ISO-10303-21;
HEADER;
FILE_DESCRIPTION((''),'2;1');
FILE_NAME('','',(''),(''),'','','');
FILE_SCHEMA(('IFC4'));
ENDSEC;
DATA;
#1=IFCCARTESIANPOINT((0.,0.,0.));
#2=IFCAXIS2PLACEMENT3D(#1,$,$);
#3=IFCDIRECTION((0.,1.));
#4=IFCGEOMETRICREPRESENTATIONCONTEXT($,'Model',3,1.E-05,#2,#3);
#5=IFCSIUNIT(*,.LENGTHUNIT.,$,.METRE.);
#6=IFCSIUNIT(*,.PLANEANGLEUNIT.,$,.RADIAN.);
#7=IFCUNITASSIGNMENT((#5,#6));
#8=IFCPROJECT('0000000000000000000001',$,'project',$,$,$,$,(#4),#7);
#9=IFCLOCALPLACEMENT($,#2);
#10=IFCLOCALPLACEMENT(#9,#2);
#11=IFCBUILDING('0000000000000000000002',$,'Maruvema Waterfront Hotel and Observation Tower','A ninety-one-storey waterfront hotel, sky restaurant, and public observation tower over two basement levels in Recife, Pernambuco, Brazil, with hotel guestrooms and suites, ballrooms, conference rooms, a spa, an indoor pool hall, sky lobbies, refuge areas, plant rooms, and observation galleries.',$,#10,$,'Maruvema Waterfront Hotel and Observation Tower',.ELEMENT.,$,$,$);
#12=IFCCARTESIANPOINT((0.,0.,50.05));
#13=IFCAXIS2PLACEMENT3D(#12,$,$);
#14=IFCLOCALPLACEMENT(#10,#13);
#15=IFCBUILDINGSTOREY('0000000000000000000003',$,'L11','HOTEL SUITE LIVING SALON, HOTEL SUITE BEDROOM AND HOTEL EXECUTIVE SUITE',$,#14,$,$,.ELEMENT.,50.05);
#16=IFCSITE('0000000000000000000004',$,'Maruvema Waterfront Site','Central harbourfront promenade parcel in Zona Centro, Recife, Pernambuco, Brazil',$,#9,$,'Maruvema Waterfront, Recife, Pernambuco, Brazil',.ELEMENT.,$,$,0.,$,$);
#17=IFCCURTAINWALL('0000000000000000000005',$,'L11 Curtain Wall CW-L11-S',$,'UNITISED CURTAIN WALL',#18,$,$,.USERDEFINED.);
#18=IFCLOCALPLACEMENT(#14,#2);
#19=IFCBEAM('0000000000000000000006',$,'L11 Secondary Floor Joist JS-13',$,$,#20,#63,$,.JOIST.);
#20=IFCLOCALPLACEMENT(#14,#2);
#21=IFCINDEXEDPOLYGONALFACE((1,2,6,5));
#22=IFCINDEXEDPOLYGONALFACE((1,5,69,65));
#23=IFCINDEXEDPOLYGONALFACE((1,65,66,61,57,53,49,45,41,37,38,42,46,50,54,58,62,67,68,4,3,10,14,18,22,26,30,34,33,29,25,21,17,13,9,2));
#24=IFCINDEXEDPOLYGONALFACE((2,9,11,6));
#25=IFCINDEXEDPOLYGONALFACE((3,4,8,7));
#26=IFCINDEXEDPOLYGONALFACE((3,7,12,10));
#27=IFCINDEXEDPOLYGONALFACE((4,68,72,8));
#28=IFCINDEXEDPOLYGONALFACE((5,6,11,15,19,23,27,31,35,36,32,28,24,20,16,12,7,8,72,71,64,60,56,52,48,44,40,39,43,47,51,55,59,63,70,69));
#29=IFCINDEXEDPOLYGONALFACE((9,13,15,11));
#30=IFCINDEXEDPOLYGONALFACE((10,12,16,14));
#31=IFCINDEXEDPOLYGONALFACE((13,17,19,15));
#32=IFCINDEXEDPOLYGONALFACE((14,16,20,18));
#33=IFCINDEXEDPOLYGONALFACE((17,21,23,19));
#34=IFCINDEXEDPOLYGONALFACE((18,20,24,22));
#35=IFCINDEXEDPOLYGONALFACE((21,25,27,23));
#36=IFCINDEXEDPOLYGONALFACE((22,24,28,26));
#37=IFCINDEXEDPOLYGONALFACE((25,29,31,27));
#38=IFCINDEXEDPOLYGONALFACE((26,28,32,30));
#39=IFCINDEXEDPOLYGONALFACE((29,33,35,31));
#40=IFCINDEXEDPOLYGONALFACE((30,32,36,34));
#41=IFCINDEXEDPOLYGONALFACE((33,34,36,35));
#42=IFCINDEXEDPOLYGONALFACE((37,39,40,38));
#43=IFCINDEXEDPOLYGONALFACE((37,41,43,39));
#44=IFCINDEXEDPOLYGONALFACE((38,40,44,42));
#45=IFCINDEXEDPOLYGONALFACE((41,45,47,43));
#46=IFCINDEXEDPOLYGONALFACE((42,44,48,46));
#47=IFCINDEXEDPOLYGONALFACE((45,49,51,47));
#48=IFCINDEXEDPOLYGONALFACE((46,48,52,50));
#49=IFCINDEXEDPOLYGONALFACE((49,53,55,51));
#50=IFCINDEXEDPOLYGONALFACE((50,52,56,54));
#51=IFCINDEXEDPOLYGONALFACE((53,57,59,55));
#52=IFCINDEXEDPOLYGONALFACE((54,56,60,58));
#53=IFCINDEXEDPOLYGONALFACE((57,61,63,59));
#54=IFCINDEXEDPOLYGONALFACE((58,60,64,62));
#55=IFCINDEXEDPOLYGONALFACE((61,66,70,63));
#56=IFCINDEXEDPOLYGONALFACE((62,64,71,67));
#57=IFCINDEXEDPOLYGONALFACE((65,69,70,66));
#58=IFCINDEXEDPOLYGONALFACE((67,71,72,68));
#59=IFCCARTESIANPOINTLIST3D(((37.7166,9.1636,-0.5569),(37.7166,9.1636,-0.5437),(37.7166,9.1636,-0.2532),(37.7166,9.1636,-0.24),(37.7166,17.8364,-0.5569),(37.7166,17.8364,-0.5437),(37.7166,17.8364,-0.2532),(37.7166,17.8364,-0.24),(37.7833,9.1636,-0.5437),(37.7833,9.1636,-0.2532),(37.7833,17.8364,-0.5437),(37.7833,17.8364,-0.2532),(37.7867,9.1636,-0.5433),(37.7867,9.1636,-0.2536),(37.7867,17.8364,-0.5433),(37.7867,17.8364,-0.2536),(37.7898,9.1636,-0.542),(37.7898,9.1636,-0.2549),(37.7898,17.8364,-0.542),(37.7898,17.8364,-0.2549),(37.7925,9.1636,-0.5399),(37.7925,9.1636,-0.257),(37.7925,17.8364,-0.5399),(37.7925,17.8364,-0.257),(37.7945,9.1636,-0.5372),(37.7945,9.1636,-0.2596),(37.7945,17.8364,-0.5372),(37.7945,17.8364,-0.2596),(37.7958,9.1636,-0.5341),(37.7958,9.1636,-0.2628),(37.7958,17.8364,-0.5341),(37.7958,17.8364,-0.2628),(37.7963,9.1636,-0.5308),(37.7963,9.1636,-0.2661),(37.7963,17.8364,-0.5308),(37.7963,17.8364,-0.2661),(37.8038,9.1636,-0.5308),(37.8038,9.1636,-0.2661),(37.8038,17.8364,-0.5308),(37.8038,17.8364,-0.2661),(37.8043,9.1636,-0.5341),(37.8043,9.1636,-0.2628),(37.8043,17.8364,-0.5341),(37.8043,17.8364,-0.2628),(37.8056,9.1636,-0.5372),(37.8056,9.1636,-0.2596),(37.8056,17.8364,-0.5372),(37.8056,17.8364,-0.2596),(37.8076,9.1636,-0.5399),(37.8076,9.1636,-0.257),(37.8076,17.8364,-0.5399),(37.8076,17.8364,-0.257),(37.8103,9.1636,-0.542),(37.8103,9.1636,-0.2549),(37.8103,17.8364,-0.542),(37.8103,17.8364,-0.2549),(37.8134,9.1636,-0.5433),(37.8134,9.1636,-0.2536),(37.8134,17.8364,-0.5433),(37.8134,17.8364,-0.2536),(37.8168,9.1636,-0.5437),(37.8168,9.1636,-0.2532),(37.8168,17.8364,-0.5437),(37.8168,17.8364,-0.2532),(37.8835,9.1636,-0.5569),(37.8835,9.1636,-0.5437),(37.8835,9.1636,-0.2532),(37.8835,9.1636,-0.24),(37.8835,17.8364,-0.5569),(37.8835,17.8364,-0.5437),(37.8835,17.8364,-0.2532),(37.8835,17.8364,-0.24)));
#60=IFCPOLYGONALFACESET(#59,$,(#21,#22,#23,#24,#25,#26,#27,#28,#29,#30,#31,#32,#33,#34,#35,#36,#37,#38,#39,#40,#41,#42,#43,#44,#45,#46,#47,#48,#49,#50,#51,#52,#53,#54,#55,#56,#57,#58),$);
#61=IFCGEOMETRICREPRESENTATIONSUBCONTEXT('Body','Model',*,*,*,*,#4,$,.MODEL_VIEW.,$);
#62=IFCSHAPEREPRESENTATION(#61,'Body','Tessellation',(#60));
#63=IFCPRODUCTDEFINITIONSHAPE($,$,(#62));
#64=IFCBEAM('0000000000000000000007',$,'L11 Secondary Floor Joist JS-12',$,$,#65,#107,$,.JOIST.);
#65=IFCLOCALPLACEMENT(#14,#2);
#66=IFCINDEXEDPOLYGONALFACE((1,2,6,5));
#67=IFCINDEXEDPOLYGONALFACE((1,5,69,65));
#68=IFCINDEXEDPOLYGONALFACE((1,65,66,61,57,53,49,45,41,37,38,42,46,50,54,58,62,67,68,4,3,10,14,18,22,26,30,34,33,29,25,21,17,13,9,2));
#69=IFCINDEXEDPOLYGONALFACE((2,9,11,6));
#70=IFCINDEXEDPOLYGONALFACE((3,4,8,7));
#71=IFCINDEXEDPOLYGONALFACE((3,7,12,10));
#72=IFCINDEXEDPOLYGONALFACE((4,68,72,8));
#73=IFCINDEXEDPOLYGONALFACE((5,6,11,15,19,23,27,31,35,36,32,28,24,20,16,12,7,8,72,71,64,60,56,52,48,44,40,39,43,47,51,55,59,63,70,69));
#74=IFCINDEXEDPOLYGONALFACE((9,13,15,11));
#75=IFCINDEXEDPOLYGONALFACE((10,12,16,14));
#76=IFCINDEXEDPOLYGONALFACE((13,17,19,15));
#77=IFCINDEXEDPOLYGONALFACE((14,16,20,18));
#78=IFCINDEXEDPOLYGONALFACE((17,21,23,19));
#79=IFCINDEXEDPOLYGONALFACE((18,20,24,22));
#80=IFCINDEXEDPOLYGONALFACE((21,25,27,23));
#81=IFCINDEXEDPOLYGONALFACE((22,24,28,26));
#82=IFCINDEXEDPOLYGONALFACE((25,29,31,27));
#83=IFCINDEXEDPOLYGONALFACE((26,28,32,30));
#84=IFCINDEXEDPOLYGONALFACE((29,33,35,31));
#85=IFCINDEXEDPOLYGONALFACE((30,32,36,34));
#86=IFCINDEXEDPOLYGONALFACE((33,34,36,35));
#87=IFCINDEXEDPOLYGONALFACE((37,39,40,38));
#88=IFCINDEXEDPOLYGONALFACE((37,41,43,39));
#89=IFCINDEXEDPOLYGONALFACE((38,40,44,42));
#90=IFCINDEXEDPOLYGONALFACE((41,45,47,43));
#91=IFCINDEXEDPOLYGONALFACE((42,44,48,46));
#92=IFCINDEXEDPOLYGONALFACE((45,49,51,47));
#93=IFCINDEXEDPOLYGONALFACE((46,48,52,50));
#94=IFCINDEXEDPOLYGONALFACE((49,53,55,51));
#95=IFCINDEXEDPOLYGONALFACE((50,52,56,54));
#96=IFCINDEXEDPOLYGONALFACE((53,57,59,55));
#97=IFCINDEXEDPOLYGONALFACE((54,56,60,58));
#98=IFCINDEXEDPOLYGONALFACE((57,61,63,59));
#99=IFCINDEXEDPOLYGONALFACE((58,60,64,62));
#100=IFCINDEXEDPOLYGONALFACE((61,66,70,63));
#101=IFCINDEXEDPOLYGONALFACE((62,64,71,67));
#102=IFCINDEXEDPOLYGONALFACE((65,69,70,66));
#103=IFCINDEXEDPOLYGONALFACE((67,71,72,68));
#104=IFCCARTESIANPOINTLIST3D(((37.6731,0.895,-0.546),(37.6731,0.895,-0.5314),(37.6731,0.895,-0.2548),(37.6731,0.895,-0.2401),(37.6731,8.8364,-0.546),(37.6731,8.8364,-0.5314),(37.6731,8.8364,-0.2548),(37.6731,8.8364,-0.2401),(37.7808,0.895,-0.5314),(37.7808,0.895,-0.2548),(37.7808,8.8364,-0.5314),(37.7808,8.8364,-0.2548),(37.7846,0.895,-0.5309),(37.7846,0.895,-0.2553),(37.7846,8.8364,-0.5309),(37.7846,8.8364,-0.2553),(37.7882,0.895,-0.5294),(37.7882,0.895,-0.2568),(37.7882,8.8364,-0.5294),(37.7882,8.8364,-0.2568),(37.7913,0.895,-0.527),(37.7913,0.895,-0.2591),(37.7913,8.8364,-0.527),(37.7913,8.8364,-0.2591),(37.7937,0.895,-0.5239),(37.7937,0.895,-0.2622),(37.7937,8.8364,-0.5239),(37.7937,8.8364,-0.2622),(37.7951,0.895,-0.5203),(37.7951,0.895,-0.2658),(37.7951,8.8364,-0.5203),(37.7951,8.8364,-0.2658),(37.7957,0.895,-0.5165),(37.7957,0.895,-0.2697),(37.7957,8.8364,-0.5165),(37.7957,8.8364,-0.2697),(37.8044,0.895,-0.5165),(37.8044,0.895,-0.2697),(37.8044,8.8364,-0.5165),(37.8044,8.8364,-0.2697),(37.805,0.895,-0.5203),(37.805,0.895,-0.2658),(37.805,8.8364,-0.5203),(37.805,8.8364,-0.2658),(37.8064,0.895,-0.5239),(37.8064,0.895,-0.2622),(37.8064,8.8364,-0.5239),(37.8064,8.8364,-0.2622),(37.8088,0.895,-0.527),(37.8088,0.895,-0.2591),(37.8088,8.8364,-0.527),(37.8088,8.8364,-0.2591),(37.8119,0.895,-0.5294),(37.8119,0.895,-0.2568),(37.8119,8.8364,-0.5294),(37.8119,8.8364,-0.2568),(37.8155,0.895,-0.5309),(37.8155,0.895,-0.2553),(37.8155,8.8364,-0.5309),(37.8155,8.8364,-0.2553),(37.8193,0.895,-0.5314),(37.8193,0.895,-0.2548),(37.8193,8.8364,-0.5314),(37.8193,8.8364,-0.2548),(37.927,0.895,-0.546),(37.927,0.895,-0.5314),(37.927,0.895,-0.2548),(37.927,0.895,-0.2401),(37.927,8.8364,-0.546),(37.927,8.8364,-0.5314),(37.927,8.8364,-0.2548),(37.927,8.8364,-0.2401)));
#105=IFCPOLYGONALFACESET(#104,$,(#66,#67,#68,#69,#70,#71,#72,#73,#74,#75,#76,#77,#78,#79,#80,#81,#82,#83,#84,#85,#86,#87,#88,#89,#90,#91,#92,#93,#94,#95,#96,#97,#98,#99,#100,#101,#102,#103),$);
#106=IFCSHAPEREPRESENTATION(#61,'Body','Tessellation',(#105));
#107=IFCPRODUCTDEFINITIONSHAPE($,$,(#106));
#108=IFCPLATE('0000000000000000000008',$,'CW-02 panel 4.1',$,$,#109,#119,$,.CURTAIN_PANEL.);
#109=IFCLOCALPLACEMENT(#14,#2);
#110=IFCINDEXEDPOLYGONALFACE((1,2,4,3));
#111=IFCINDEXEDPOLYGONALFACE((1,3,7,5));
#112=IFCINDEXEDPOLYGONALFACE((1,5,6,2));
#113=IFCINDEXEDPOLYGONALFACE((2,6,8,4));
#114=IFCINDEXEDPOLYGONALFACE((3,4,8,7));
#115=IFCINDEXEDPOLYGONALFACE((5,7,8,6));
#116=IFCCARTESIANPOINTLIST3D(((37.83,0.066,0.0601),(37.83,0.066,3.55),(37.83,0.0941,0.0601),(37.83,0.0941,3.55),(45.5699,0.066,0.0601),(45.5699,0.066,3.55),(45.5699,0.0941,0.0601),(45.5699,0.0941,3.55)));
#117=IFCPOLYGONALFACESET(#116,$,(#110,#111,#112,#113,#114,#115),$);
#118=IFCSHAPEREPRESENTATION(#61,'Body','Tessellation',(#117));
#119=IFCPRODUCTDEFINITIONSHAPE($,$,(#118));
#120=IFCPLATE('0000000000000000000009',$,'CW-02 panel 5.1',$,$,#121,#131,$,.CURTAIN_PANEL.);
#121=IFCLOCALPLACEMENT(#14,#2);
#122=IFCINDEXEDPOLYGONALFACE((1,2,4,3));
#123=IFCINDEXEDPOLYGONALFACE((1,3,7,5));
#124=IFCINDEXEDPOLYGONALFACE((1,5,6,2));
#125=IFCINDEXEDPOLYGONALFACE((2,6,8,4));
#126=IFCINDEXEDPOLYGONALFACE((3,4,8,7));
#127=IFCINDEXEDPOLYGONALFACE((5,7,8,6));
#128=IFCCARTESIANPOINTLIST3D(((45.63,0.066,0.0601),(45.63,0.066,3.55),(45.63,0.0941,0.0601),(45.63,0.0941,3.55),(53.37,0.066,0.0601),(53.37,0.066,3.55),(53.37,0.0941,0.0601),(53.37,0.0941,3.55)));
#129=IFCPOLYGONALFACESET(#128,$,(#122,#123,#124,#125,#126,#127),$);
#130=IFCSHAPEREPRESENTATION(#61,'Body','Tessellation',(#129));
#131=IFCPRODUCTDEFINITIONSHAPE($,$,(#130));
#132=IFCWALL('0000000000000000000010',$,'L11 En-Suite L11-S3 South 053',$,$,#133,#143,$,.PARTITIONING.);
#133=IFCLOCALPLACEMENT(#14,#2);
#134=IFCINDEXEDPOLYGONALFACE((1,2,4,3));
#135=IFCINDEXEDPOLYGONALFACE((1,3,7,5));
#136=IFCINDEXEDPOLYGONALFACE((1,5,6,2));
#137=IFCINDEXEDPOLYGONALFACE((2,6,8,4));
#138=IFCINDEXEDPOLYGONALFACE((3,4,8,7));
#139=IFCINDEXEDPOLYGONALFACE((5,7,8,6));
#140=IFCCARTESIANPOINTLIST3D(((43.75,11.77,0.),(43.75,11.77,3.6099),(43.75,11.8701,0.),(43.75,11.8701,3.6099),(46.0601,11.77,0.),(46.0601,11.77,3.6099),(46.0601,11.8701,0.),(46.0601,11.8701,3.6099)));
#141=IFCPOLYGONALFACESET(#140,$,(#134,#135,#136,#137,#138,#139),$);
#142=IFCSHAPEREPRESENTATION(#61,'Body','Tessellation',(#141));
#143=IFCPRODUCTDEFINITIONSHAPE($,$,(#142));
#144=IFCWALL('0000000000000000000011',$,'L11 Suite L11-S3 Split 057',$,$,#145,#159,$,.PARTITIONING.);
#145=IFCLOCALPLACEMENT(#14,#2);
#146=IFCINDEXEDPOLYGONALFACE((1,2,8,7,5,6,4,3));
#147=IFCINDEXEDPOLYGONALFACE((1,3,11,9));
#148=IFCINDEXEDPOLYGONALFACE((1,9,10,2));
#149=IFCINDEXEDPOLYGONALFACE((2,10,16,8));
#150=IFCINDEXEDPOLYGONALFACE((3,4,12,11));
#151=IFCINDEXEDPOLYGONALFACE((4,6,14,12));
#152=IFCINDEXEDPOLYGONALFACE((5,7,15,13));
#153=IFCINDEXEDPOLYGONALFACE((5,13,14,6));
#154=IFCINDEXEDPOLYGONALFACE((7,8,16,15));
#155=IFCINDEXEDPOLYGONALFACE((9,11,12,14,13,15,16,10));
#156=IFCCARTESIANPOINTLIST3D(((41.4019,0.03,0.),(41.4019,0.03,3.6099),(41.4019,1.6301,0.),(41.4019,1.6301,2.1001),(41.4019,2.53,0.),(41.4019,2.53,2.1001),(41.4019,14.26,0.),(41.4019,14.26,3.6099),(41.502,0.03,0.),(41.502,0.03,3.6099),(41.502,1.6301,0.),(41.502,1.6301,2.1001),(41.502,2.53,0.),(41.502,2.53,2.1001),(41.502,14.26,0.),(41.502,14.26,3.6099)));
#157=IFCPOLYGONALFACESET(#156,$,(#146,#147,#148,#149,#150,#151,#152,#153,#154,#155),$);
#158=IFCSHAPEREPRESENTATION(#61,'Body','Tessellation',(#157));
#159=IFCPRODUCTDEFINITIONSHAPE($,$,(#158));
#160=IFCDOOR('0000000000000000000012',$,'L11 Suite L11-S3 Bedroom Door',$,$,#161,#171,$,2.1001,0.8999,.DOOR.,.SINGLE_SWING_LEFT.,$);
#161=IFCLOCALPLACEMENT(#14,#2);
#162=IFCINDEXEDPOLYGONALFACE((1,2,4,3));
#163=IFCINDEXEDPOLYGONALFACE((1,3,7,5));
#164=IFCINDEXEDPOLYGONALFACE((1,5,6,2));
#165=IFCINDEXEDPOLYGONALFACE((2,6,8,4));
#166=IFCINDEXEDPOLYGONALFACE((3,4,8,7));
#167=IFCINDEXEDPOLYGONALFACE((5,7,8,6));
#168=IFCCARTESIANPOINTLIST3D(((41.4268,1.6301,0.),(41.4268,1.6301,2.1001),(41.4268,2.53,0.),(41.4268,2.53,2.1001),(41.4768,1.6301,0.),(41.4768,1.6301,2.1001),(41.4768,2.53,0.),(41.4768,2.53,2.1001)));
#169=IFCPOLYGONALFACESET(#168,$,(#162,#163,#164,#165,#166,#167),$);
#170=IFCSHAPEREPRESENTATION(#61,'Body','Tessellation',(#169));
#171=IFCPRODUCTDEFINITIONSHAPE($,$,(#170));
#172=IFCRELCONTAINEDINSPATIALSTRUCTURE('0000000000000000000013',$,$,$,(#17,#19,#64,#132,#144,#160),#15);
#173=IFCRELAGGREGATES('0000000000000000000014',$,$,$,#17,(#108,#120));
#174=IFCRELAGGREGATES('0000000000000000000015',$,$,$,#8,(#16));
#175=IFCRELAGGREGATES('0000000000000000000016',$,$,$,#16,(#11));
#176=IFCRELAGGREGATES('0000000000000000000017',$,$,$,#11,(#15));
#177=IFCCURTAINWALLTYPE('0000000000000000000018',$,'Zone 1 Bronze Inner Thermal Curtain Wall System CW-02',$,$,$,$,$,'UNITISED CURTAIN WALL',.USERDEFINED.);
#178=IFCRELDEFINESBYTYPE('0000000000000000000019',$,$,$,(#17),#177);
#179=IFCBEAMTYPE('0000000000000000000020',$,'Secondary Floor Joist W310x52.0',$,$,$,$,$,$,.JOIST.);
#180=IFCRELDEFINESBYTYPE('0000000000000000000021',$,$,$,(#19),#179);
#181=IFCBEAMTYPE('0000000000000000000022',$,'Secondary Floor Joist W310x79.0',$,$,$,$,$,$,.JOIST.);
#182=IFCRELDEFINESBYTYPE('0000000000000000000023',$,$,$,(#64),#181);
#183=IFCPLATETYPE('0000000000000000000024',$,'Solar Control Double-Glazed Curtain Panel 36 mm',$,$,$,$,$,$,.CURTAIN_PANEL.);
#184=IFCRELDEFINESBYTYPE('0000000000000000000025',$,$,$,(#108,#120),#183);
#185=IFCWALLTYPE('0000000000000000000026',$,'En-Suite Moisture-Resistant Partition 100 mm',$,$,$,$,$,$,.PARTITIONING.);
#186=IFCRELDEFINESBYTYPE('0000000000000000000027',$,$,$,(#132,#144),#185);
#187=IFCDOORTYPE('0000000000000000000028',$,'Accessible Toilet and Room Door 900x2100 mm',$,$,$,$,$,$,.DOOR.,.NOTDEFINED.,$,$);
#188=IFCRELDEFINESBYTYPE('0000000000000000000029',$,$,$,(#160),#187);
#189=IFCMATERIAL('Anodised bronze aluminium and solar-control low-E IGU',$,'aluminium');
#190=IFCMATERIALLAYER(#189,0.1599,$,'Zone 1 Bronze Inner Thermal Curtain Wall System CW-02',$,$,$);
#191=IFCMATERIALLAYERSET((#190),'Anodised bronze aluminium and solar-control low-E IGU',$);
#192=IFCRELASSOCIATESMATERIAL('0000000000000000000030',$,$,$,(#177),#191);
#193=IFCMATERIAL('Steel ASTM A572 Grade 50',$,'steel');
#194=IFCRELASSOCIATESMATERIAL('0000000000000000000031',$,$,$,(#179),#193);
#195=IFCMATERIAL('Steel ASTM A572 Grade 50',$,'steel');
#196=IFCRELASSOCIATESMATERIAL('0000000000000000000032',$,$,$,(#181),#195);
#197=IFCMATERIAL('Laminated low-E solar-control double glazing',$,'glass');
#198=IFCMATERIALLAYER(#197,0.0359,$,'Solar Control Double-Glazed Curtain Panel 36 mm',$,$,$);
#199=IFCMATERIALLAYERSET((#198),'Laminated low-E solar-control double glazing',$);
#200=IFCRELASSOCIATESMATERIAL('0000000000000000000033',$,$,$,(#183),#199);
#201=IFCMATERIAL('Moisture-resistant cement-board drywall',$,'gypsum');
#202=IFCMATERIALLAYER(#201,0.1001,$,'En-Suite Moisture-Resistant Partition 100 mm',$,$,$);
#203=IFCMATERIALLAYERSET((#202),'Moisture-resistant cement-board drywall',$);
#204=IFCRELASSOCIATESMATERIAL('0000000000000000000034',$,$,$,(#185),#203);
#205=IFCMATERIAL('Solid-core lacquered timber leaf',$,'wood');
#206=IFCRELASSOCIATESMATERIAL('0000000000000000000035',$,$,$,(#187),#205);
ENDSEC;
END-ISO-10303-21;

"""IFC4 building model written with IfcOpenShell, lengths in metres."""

from ifc_helpers import new_model, si_unit, direction, frame, frame_2d, origin, origin_2d, place, context, subcontext, project, spatial, rectangle, i_section, extrude, material, layer, layer_set, material_profile, profile_set, type_object, element, fill, aggregate, save


model = new_model("IFC4")

# Units and contexts
model_context = context("Model", 3, precision=1e-05, world=origin(), true_north=direction((0.0, 1.0)))
body_context = subcontext(model_context, "Body", "Model", "MODEL_VIEW")
ifc_project = project(units=[si_unit("LENGTHUNIT", "METRE"), si_unit("PLANEANGLEUNIT", "RADIAN")], contexts=[model_context])

# Site, building, storey
site_placement = place(None, origin())
site = spatial("IfcSite", under=ifc_project, at=site_placement, Name="Maruvema Waterfront Site", Description="Central harbourfront promenade parcel in Zona Centro, Recife, Pernambuco, Brazil", LongName="Maruvema Waterfront, Recife, Pernambuco, Brazil", CompositionType="ELEMENT", RefElevation=0.0)
building_placement = place(site_placement, origin())
building = spatial("IfcBuilding", under=site, at=building_placement, Name="Maruvema Waterfront Hotel and Observation Tower", Description="A ninety-one-storey waterfront hotel, sky restaurant, and public observation tower over two basement levels in Recife, Pernambuco, Brazil, with hotel guestrooms and suites, ballrooms, conference rooms, a spa, an indoor pool hall, sky lobbies, refuge areas, plant rooms, and observation galleries.", LongName="Maruvema Waterfront Hotel and Observation Tower", CompositionType="ELEMENT")
storey_placement = place(building_placement, frame((0.0, 0.0, 50.05)))
storey = spatial("IfcBuildingStorey", under=building, at=storey_placement, Name="L11", Description="HOTEL SUITE LIVING SALON, HOTEL SUITE BEDROOM AND HOTEL EXECUTIVE SUITE", CompositionType="ELEMENT", Elevation=50.05)

# Curtain wall
ifc_material_1 = material(Name="Anodised bronze aluminium and solar-control low-E IGU", Category="aluminium")
ifc_layer_1 = layer(ifc_material_1, 0.1599, Name="Zone 1 Bronze Inner Thermal Curtain Wall System CW-02")
ifc_layer_set_1 = layer_set([ifc_layer_1], Name="Anodised bronze aluminium and solar-control low-E IGU")
curtain_wall_type = type_object("IfcCurtainWallType", Name="Zone 1 Bronze Inner Thermal Curtain Wall System CW-02", ElementType="UNITISED CURTAIN WALL", PredefinedType="USERDEFINED", material=ifc_layer_set_1)
curtain_wall_placement = place(storey_placement, origin())
curtain_wall = element("IfcCurtainWall", 1, at=curtain_wall_placement, inside=storey, type_object=curtain_wall_type, Name="L11 Curtain Wall CW-L11-S", ObjectType="UNITISED CURTAIN WALL", PredefinedType="USERDEFINED")

# Beams
ifc_material_2 = material(Name="Steel ASTM A572 Grade 50", Category="steel")
ifc_material_profile_1 = material_profile(ifc_material_2, i_section(OverallWidth=0.167, OverallDepth=0.3169, WebThickness=0.0076, FlangeThickness=0.0132, FilletRadius=0.0129, at=origin_2d()), Name="W310x52.0")
ifc_profile_set_1 = profile_set([ifc_material_profile_1], Name="Steel ASTM A572 Grade 50")
beam_type_1 = type_object("IfcBeamType", Name="Secondary Floor Joist W310x52.0", PredefinedType="JOIST", material=ifc_profile_set_1)
beam_1_placement = place(storey_placement, frame((37.8, 9.1636, -0.3984), z_axis=(0.0, 1.0, 0.0), x_axis=(-1.0, 0.0, 0.0)))
element("IfcBeam", 2, at=beam_1_placement, inside=storey, type_object=beam_type_1, Name="L11 Secondary Floor Joist JS-13", PredefinedType="JOIST", context=body_context, shape_type="SweptSolid", body=[
    extrude(i_section(OverallWidth=0.167, OverallDepth=0.3169, WebThickness=0.0076, FlangeThickness=0.0132, FilletRadius=0.0129, at=origin_2d()), origin(), (0.0, 0.0, 1.0), 8.6729),
])
ifc_material_3 = material(Name="Steel ASTM A572 Grade 50", Category="steel")
ifc_material_profile_2 = material_profile(ifc_material_3, i_section(OverallWidth=0.2539, OverallDepth=0.3059, WebThickness=0.0088, FlangeThickness=0.0146, FilletRadius=0.0149, at=origin_2d()), Name="W310x79.0")
ifc_profile_set_2 = profile_set([ifc_material_profile_2], Name="Steel ASTM A572 Grade 50")
beam_type_2 = type_object("IfcBeamType", Name="Secondary Floor Joist W310x79.0", PredefinedType="JOIST", material=ifc_profile_set_2)
beam_2_placement = place(storey_placement, frame((37.8, 0.895, -0.3931), z_axis=(0.0, 1.0, 0.0), x_axis=(-1.0, 0.0, 0.0)))
element("IfcBeam", 3, at=beam_2_placement, inside=storey, type_object=beam_type_2, Name="L11 Secondary Floor Joist JS-12", PredefinedType="JOIST", context=body_context, shape_type="SweptSolid", body=[
    extrude(i_section(OverallWidth=0.2539, OverallDepth=0.3059, WebThickness=0.0088, FlangeThickness=0.0146, FilletRadius=0.0149, at=origin_2d()), origin(), (0.0, 0.0, 1.0), 7.9414),
])

# Plates
ifc_material_4 = material(Name="Laminated low-E solar-control double glazing", Category="glass")
ifc_layer_2 = layer(ifc_material_4, 0.0359, Name="Solar Control Double-Glazed Curtain Panel 36 mm")
ifc_layer_set_2 = layer_set([ifc_layer_2], Name="Laminated low-E solar-control double glazing")
plate_type = type_object("IfcPlateType", Name="Solar Control Double-Glazed Curtain Panel 36 mm", PredefinedType="CURTAIN_PANEL", material=ifc_layer_set_2)
plate_1_placement = place(storey_placement, frame((41.7, 0.0801, 0.0601), z_axis=(0.0, 0.0, 1.0), x_axis=(1.0, 0.0, 0.0)))
plate_1 = element("IfcPlate", 4, at=plate_1_placement, type_object=plate_type, Name="CW-02 panel 4.1", PredefinedType="CURTAIN_PANEL", context=body_context, shape_type="SweptSolid", body=[
    extrude(rectangle(XDim=7.74, YDim=0.0281, at=origin_2d()), origin(), (0.0, 0.0, 1.0), 3.49),
])
plate_2_placement = place(storey_placement, frame((49.5, 0.0801, 0.0601), z_axis=(0.0, 0.0, 1.0), x_axis=(1.0, 0.0, 0.0)))
plate_2 = element("IfcPlate", 5, at=plate_2_placement, type_object=plate_type, Name="CW-02 panel 5.1", PredefinedType="CURTAIN_PANEL", context=body_context, shape_type="SweptSolid", body=[
    extrude(rectangle(XDim=7.74, YDim=0.0281, at=origin_2d()), origin(), (0.0, 0.0, 1.0), 3.49),
])
aggregate(curtain_wall, [plate_1, plate_2])

# Wall
ifc_material_5 = material(Name="Moisture-resistant cement-board drywall", Category="gypsum")
ifc_layer_3 = layer(ifc_material_5, 0.1001, Name="En-Suite Moisture-Resistant Partition 100 mm")
ifc_layer_set_3 = layer_set([ifc_layer_3], Name="Moisture-resistant cement-board drywall")
wall_type_1 = type_object("IfcWallType", Name="En-Suite Moisture-Resistant Partition 100 mm", PredefinedType="PARTITIONING", material=ifc_layer_set_3)
wall_1_placement = place(storey_placement, frame((43.75, 11.8201, 0.0), z_axis=(0.0, 0.0, 1.0), x_axis=(1.0, 0.0, 0.0)))
element("IfcWall", 6, at=wall_1_placement, inside=storey, type_object=wall_type_1, Name="L11 En-Suite L11-S3 South 053", PredefinedType="PARTITIONING", context=body_context, shape_type="SweptSolid", body=[
    extrude(rectangle(XDim=2.3101, YDim=0.1001, at=frame_2d((1.155, 0.0))), origin(), (0.0, 0.0, 1.0), 3.6099),
])

# Wall, opening, door
wall_2_placement = place(storey_placement, frame((41.4519, 0.03, 0.0), z_axis=(0.0, 0.0, 1.0), x_axis=(0.0, 1.0, 0.0)))
wall_2 = element("IfcWall", 7, at=wall_2_placement, inside=storey, type_object=wall_type_1, Name="L11 Suite L11-S3 Split 057", PredefinedType="PARTITIONING", context=body_context, shape_type="SweptSolid", body=[
    extrude(rectangle(XDim=14.23, YDim=0.1001, at=frame_2d((7.115, 0.0))), origin(), (0.0, 0.0, 1.0), 3.6099),
])
opening_1_placement = place(wall_2_placement, frame((1.6001, 0.0, 0.0)))
opening_1 = element("IfcOpeningElement", 8, at=opening_1_placement, cuts=wall_2, PredefinedType="OPENING", context=body_context, shape_type="SweptSolid", body=[
    extrude(rectangle(XDim=0.8999, YDim=2.1001, at=frame_2d((0.45, 1.05))), frame((0.0, 0.0601, 0.0), z_axis=(0.0, -1.0, 0.0), x_axis=(1.0, 0.0, 0.0)), (0.0, 0.0, 1.0), 0.1201),
])
ifc_material_6 = material(Name="Solid-core lacquered timber leaf", Category="wood")
door_type = type_object("IfcDoorType", Name="Accessible Toilet and Room Door 900x2100 mm", OperationType="NOTDEFINED", PredefinedType="DOOR", material=ifc_material_6)
door_1_placement = place(opening_1_placement, frame((0.8999, 0.0, 0.0), z_axis=(0.0, 0.0, 1.0), x_axis=(-1.0, 0.0, 0.0)))
door_1 = element("IfcDoor", 9, at=door_1_placement, inside=storey, type_object=door_type, Name="L11 Suite L11-S3 Bedroom Door", OperationType="SINGLE_SWING_LEFT", OverallHeight=2.1001, OverallWidth=0.8999, PredefinedType="DOOR", context=body_context, shape_type="SweptSolid", body=[
    extrude(rectangle(XDim=0.8999, YDim=2.1001, at=frame_2d((0.45, 1.05))), frame((0.0, 0.0249, 0.0), z_axis=(0.0, -1.0, 0.0), x_axis=(1.0, 0.0, 0.0)), (0.0, 0.0, 1.0), 0.05),
])
fill(opening_1, door_1)

save(model, "model.ifc")
